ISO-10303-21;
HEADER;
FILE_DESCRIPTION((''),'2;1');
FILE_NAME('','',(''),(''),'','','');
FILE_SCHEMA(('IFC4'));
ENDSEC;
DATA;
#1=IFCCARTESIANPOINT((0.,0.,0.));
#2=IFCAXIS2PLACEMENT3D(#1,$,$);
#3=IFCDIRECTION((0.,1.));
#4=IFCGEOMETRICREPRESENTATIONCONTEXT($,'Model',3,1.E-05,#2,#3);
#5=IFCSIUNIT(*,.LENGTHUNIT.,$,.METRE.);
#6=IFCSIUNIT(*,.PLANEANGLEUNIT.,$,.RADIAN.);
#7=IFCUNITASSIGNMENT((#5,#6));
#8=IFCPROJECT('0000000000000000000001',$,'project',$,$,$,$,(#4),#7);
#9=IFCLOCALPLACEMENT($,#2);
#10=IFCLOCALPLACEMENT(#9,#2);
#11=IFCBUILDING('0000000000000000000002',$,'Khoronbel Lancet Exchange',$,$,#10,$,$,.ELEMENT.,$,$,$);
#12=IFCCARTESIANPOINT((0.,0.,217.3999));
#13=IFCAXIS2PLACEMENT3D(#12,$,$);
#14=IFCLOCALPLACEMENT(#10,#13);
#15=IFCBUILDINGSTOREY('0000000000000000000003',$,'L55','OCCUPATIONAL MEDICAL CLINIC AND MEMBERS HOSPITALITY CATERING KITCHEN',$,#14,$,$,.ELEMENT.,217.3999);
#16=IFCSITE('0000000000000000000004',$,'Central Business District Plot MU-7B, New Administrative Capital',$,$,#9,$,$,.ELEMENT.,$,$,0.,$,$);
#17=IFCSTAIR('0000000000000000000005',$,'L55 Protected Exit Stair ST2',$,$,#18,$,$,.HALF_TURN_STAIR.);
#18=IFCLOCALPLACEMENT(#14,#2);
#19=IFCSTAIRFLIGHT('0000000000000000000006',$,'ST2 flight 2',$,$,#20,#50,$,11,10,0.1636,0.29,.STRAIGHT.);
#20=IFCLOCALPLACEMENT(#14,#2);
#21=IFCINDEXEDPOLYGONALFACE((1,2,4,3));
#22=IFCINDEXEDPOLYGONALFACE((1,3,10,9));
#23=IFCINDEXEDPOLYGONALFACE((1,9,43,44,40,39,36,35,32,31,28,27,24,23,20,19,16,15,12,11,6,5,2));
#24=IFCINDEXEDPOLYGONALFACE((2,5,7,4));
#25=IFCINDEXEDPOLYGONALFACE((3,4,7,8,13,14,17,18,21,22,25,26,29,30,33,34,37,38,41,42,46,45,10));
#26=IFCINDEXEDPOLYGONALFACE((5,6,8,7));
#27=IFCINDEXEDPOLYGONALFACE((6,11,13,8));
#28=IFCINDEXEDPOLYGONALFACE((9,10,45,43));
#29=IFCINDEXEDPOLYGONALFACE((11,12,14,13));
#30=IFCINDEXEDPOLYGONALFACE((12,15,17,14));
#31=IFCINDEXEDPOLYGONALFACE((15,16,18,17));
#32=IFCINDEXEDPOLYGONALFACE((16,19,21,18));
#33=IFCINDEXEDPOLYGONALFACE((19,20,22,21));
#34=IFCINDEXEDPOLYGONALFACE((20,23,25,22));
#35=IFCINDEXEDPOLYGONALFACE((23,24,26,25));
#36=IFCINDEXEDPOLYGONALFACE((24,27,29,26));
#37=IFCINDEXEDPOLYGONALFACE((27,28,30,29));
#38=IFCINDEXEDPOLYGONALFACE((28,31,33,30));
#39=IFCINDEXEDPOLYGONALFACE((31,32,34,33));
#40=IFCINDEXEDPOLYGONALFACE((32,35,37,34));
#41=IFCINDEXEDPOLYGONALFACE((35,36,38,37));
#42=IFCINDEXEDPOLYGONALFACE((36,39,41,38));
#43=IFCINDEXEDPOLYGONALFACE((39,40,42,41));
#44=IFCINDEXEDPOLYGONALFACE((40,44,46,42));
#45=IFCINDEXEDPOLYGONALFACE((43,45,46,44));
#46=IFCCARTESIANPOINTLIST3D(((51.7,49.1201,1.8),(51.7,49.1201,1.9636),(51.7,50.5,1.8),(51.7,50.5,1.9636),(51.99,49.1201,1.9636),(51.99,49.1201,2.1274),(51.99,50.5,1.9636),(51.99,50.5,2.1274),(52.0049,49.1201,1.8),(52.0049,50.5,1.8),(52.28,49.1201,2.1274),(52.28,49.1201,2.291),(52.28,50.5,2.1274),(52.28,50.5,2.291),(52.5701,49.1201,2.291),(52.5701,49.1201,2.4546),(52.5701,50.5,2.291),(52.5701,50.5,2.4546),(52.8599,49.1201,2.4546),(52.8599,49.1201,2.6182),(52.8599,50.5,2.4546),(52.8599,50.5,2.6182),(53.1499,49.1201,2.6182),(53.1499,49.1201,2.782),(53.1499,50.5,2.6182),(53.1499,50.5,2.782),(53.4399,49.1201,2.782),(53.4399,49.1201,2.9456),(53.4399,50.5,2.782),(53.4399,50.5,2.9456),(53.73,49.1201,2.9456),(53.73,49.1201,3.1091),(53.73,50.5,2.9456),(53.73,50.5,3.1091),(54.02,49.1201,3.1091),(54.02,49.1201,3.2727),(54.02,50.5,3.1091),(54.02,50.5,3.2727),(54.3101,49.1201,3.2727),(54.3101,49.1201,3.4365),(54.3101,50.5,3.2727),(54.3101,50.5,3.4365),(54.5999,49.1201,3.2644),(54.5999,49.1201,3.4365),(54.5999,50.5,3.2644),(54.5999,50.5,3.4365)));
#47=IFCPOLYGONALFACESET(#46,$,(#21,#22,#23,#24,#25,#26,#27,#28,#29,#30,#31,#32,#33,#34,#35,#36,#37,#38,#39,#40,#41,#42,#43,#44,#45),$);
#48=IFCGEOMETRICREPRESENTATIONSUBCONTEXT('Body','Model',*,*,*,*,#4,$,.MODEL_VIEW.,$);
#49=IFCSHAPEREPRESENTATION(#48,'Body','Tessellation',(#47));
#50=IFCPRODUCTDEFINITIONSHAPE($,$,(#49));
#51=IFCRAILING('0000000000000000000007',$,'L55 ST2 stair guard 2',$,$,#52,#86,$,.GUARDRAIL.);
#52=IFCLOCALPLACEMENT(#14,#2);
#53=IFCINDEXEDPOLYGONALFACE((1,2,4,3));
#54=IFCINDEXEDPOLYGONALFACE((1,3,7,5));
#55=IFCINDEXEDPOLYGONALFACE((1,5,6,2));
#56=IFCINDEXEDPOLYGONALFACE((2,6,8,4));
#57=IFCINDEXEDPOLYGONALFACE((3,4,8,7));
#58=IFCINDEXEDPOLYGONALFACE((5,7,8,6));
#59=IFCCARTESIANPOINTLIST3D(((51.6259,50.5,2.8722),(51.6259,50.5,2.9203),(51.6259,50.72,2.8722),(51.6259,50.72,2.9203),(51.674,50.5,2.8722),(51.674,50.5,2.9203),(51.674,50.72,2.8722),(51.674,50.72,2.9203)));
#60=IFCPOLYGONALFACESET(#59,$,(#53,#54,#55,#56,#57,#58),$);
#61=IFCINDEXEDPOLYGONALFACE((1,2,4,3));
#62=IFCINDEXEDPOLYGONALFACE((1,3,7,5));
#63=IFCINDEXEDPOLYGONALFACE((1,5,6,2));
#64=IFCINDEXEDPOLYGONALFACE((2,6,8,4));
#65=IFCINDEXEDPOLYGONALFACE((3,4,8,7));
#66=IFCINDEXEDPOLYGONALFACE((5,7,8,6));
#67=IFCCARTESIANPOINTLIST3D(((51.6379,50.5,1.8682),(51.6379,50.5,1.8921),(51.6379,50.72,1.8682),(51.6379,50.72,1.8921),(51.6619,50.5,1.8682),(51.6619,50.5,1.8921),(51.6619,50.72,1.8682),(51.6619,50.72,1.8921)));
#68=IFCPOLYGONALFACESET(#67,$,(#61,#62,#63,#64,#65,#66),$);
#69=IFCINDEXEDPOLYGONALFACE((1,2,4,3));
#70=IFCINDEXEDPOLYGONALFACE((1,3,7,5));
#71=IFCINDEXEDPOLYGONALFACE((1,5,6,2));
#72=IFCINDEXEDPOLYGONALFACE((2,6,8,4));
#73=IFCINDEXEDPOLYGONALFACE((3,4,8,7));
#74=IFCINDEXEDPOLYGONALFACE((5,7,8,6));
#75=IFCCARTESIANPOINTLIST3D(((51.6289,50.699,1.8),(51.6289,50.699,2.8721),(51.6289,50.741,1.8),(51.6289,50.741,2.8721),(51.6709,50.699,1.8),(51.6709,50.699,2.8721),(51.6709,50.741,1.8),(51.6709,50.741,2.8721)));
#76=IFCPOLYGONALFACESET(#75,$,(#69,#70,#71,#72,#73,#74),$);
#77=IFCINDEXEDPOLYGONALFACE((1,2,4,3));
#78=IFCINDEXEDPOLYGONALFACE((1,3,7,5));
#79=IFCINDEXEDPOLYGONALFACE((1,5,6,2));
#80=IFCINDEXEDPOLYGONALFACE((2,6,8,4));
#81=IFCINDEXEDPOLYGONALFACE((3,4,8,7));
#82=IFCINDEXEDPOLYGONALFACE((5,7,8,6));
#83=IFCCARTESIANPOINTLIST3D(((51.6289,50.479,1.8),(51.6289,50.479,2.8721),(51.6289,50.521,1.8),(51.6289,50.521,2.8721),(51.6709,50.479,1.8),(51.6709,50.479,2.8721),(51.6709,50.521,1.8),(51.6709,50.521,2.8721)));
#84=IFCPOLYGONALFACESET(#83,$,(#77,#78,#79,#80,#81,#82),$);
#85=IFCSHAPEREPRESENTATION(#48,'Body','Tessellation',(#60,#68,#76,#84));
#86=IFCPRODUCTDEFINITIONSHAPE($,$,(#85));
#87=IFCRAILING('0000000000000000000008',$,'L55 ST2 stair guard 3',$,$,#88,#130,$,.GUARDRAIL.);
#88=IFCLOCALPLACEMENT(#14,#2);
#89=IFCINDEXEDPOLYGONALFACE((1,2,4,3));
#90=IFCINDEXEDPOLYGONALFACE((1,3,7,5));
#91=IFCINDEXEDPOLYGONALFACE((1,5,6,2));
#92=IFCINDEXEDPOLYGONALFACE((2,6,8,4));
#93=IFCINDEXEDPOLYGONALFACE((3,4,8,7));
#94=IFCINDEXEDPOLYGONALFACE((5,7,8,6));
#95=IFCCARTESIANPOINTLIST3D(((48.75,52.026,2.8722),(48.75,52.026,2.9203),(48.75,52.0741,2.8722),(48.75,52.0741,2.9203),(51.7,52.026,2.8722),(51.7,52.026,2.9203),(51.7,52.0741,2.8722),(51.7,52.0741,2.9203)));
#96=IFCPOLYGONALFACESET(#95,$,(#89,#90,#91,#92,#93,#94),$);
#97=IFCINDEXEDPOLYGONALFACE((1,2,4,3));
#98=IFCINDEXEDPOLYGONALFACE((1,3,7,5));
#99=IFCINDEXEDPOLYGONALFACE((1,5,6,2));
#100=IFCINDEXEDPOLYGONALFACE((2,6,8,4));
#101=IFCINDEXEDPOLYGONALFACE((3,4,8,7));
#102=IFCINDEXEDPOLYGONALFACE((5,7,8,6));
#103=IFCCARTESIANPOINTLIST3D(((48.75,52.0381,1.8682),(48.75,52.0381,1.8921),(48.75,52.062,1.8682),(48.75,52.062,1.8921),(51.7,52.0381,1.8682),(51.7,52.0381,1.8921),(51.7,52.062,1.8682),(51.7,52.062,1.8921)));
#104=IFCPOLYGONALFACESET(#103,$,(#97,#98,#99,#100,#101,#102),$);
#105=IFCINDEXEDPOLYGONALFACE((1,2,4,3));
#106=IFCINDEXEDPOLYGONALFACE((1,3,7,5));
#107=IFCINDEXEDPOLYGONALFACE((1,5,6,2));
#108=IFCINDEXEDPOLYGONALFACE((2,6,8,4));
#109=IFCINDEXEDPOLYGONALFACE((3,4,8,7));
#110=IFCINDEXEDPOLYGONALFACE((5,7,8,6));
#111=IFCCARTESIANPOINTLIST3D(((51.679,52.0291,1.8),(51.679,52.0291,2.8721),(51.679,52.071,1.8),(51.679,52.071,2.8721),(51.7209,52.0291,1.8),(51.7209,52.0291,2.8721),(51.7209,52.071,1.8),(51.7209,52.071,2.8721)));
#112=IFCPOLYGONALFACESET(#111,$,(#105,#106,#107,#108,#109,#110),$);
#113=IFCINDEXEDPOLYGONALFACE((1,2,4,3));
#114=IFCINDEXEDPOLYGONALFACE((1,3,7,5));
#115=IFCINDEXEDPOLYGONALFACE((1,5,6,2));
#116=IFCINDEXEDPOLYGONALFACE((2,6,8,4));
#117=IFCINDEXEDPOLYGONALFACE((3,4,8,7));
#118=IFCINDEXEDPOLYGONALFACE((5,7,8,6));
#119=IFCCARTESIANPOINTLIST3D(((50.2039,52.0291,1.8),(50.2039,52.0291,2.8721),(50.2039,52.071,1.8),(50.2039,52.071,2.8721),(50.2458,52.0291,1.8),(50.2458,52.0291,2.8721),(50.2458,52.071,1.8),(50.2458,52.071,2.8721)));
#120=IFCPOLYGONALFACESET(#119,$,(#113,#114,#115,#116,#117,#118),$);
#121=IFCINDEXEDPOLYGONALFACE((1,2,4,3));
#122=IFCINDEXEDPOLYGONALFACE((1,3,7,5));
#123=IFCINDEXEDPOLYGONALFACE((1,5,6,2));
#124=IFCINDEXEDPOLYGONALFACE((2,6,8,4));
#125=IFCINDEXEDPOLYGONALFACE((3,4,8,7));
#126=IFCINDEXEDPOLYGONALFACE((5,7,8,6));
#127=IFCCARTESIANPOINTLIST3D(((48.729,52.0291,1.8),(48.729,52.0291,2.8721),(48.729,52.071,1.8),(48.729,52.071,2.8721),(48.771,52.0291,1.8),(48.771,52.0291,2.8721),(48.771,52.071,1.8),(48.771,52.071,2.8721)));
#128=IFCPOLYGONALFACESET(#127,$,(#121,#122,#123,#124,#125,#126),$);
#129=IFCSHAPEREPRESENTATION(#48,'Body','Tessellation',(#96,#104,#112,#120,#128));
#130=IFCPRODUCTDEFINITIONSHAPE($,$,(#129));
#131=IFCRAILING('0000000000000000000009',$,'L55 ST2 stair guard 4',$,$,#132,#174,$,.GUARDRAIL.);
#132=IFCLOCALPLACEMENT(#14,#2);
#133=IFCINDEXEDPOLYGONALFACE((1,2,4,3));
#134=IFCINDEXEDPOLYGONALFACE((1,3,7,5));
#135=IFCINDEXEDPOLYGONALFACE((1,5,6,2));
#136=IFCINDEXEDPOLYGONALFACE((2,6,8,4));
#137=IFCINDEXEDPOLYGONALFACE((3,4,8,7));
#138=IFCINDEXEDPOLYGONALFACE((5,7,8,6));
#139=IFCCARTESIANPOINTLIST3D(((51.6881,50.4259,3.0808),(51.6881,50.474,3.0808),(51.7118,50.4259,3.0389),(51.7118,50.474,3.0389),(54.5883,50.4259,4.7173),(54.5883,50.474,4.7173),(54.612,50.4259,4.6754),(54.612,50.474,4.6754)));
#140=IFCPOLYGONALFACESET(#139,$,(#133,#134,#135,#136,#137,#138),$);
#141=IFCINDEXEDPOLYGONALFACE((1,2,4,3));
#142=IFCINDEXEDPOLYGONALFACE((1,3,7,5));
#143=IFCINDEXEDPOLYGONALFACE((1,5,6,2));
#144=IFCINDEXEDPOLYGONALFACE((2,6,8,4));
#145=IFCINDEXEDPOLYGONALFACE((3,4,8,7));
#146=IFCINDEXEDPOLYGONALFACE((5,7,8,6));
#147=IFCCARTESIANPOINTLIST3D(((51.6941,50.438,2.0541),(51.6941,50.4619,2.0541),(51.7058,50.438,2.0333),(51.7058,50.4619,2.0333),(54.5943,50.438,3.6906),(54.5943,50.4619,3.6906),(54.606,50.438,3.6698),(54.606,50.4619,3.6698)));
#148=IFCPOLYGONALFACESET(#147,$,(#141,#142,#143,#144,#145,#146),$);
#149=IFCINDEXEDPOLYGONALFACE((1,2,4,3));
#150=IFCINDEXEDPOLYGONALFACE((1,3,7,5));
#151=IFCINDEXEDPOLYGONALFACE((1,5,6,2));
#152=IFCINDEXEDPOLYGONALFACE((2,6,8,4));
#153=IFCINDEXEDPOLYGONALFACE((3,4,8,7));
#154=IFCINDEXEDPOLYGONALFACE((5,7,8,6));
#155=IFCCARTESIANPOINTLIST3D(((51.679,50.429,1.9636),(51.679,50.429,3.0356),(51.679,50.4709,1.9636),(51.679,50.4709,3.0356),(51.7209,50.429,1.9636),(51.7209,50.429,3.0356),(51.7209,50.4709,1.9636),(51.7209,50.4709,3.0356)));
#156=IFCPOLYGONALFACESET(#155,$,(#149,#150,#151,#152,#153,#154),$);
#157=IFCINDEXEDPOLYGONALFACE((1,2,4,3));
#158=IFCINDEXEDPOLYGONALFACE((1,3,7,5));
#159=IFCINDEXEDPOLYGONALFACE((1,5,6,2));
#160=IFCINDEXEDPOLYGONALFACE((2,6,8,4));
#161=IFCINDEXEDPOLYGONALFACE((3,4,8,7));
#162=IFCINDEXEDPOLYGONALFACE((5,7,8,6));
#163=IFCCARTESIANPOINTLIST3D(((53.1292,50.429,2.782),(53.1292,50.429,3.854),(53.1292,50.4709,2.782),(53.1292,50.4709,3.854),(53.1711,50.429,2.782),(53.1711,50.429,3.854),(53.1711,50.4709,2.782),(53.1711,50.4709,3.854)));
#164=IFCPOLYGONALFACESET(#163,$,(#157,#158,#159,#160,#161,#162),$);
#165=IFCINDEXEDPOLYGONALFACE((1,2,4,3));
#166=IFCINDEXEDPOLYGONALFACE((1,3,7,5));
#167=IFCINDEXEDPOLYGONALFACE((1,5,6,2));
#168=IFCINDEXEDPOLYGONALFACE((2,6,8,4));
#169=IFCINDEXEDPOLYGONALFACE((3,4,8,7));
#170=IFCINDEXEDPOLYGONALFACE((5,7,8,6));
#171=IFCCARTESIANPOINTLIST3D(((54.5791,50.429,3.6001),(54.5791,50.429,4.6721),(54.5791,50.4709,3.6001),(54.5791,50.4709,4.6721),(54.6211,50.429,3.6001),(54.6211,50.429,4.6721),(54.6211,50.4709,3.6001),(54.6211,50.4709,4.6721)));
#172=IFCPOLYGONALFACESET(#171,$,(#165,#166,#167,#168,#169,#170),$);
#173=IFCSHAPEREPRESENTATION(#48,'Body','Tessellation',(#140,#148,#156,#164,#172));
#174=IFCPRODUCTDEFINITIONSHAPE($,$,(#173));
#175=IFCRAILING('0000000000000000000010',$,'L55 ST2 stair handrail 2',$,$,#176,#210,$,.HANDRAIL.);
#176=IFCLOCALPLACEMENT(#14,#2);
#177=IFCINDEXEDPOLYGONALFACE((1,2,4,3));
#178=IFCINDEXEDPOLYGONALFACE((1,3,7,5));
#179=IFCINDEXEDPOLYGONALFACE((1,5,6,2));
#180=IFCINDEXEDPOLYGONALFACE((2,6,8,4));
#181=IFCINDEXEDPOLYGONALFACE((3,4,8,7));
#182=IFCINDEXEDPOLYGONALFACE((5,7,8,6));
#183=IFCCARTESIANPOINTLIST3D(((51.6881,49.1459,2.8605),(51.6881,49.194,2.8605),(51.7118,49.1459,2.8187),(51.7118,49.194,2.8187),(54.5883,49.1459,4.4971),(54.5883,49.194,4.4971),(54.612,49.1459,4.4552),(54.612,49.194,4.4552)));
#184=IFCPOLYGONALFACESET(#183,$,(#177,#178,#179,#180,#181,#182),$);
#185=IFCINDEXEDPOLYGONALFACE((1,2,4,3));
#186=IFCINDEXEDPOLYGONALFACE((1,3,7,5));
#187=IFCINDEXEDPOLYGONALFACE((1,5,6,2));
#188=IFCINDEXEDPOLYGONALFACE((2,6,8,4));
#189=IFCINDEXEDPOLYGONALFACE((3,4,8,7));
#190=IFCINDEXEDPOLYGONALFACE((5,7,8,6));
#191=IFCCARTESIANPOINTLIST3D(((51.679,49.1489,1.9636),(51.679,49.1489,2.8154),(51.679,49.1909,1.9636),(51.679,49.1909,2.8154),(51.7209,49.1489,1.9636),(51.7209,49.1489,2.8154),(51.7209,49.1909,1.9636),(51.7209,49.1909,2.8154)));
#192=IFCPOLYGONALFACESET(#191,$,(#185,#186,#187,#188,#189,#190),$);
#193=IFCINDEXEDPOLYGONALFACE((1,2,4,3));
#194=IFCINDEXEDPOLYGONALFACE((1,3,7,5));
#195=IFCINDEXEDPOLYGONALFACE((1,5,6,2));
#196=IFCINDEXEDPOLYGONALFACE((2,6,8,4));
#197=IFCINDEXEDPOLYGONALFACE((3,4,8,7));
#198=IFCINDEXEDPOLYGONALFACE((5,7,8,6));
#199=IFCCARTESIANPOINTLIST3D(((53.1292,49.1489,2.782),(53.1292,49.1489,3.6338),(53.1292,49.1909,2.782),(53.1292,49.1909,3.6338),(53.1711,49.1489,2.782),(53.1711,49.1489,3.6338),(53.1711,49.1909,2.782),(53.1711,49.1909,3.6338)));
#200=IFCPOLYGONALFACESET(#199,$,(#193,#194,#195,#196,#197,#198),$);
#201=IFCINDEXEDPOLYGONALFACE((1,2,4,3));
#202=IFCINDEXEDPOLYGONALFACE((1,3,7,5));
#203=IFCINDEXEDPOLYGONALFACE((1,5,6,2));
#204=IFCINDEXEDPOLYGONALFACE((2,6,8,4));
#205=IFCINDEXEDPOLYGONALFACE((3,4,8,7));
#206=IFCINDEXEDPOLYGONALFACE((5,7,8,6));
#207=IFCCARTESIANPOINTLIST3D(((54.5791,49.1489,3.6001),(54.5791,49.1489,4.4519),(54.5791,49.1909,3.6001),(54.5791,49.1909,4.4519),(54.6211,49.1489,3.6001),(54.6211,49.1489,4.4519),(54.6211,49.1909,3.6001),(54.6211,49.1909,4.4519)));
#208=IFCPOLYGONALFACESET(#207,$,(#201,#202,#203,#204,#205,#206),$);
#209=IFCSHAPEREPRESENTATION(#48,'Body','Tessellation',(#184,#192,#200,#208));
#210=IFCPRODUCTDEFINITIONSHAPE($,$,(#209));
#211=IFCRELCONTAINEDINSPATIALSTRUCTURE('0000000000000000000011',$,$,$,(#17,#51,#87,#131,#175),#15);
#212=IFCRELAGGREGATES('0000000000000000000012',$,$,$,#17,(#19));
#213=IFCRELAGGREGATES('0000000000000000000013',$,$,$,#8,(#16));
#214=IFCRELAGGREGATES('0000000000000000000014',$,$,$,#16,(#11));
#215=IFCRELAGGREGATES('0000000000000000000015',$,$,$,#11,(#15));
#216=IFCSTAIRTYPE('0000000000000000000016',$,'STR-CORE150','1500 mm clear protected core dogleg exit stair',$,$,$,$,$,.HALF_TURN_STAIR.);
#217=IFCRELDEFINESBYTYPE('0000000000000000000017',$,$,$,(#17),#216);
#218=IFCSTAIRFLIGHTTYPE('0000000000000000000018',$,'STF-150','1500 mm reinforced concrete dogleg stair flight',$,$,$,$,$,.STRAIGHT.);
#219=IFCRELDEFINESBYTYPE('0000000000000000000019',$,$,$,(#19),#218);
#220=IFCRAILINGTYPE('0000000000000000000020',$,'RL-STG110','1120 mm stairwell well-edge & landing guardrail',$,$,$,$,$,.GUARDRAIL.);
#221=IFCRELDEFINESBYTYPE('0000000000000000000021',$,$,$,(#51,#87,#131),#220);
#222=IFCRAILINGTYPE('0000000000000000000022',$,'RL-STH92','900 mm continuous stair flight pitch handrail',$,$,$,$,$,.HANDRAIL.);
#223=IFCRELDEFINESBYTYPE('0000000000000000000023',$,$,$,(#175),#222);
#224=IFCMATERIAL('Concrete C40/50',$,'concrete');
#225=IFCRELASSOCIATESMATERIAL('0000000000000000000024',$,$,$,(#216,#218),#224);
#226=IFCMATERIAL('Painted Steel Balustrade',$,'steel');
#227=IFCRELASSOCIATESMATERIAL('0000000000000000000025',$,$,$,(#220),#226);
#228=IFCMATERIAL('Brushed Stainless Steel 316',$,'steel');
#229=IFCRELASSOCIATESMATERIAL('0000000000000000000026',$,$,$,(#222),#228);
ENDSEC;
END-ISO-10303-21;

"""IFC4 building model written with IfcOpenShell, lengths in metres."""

from ifc_helpers import new_model, si_unit, direction, frame, origin, origin_2d, place, context, subcontext, project, spatial, polyline, rectangle, outline, extrude, material, type_object, element, aggregate, save


model = new_model("IFC4")

# Units and contexts
model_context = context("Model", 3, precision=1e-05, world=origin(), true_north=direction((0.0, 1.0)))
body_context = subcontext(model_context, "Body", "Model", "MODEL_VIEW")
ifc_project = project(units=[si_unit("LENGTHUNIT", "METRE"), si_unit("PLANEANGLEUNIT", "RADIAN")], contexts=[model_context])

# Site, building, storey
site_placement = place(None, origin())
site = spatial("IfcSite", under=ifc_project, at=site_placement, Name="Central Business District Plot MU-7B, New Administrative Capital", CompositionType="ELEMENT", RefElevation=0.0)
building_placement = place(site_placement, origin())
building = spatial("IfcBuilding", under=site, at=building_placement, Name="Khoronbel Lancet Exchange", CompositionType="ELEMENT")
storey_placement = place(building_placement, frame((0.0, 0.0, 217.3999)))
storey = spatial("IfcBuildingStorey", under=building, at=storey_placement, Name="L55", Description="OCCUPATIONAL MEDICAL CLINIC AND MEMBERS HOSPITALITY CATERING KITCHEN", CompositionType="ELEMENT", Elevation=217.3999)

# Stair, stair flight
ifc_material_1 = material(Name="Concrete C40/50", Category="concrete")
stair_type = type_object("IfcStairType", Name="STR-CORE150", Description="1500 mm clear protected core dogleg exit stair", PredefinedType="HALF_TURN_STAIR", material=ifc_material_1)
stair_placement = place(storey_placement, origin())
stair = element("IfcStair", 1, at=stair_placement, inside=storey, type_object=stair_type, Name="L55 Protected Exit Stair ST2", PredefinedType="HALF_TURN_STAIR")
stair_flight_type = type_object("IfcStairFlightType", Name="STF-150", Description="1500 mm reinforced concrete dogleg stair flight", PredefinedType="STRAIGHT", material=ifc_material_1)
stair_flight_placement = place(storey_placement, frame((51.7, 49.8101, 1.8), z_axis=(0.0, 0.0, 1.0), x_axis=(1.0, 0.0, 0.0)))
stair_flight = element("IfcStairFlight", 2, at=stair_flight_placement, type_object=stair_flight_type, Name="ST2 flight 2", NumberOfRisers=11, NumberOfTreads=10, PredefinedType="STRAIGHT", RiserHeight=0.1636, TreadLength=0.29, context=body_context, shape_type="SweptSolid", body=[
    extrude(outline(polyline([(0.0, 0.0), (0.0, 0.1636), (0.29, 0.1636), (0.29, 0.3274), (0.5801, 0.3274), (0.5801, 0.491), (0.8701, 0.491), (0.8701, 0.6545), (1.1599, 0.6545), (1.1599, 0.8181), (1.45, 0.8181), (1.45, 0.9819), (1.74, 0.9819), (1.74, 1.1455), (2.03, 1.1455), (2.03, 1.3091), (2.3201, 1.3091), (2.3201, 1.4727), (2.6101, 1.4727), (2.6101, 1.6365), (2.8999, 1.6365), (2.8999, 1.8), (2.8999, 1.4644), (0.3049, 0.0), (0.0, 0.0)])), frame((0.0, 0.6899, 0.0), z_axis=(0.0, -1.0, 0.0), x_axis=(1.0, 0.0, 0.0)), (0.0, 0.0, 1.0), 1.3799),
])
aggregate(stair, [stair_flight])

# Railings
ifc_material_2 = material(Name="Painted Steel Balustrade", Category="steel")
railing_type_1 = type_object("IfcRailingType", Name="RL-STG110", Description="1120 mm stairwell well-edge & landing guardrail", PredefinedType="GUARDRAIL", material=ifc_material_2)
railing_1_placement = place(storey_placement, frame((51.6499, 50.72, 1.8)))
element("IfcRailing", 3, at=railing_1_placement, inside=storey, type_object=railing_type_1, Name="L55 ST2 stair guard 2", PredefinedType="GUARDRAIL", context=body_context, shape_type="SweptSolid", body=[
    extrude(rectangle(XDim=0.0481, YDim=0.0481, at=origin_2d()), frame((0.0, 0.0, 1.0962), z_axis=(0.0, -1.0, 0.0), x_axis=(1.0, 0.0, 0.0)), (0.0, 0.0, 1.0), 0.22),
    extrude(rectangle(XDim=0.0239, YDim=0.0239, at=origin_2d()), frame((0.0, 0.0, 0.0801), z_axis=(0.0, -1.0, 0.0), x_axis=(1.0, 0.0, 0.0)), (0.0, 0.0, 1.0), 0.22),
    extrude(rectangle(XDim=0.042, YDim=0.042, at=origin_2d()), origin(), (0.0, 0.0, 1.0), 1.072),
    extrude(rectangle(XDim=0.042, YDim=0.042, at=origin_2d()), frame((0.0, -0.22, 0.0)), (0.0, 0.0, 1.0), 1.072),
])
railing_2_placement = place(storey_placement, frame((51.7, 52.05, 1.8)))
element("IfcRailing", 4, at=railing_2_placement, inside=storey, type_object=railing_type_1, Name="L55 ST2 stair guard 3", PredefinedType="GUARDRAIL", context=body_context, shape_type="SweptSolid", body=[
    extrude(rectangle(XDim=0.0481, YDim=0.0481, at=origin_2d()), frame((0.0, 0.0, 1.0962), z_axis=(-1.0, 0.0, 0.0), x_axis=(0.0, -1.0, 0.0)), (0.0, 0.0, 1.0), 2.95),
    extrude(rectangle(XDim=0.0239, YDim=0.0239, at=origin_2d()), frame((0.0, 0.0, 0.0801), z_axis=(-1.0, 0.0, 0.0), x_axis=(0.0, -1.0, 0.0)), (0.0, 0.0, 1.0), 2.95),
    extrude(rectangle(XDim=0.042, YDim=0.042, at=origin_2d()), origin(), (0.0, 0.0, 1.0), 1.072),
    extrude(rectangle(XDim=0.042, YDim=0.042, at=origin_2d()), frame((-1.4751, 0.0, 0.0)), (0.0, 0.0, 1.0), 1.072),
    extrude(rectangle(XDim=0.042, YDim=0.042, at=origin_2d()), frame((-2.95, 0.0, 0.0)), (0.0, 0.0, 1.0), 1.072),
])
railing_3_placement = place(storey_placement, frame((51.7, 50.45, 1.9636)))
element("IfcRailing", 5, at=railing_3_placement, inside=storey, type_object=railing_type_1, Name="L55 ST2 stair guard 4", PredefinedType="GUARDRAIL", context=body_context, shape_type="SweptSolid", body=[
    extrude(rectangle(XDim=0.0481, YDim=0.0481, at=origin_2d()), frame((0.0, 0.0, 1.0962), z_axis=(0.870915, 0.0, 0.491434), x_axis=(0.0, 1.0, 0.0)), (0.0, 0.0, 1.0), 3.3301),
    extrude(rectangle(XDim=0.0239, YDim=0.0239, at=origin_2d()), frame((0.0, 0.0, 0.0801), z_axis=(0.870915, 0.0, 0.491434), x_axis=(0.0, 1.0, 0.0)), (0.0, 0.0, 1.0), 3.3301),
    extrude(rectangle(XDim=0.042, YDim=0.042, at=origin_2d()), origin(), (0.0, 0.0, 1.0), 1.072),
    extrude(rectangle(XDim=0.042, YDim=0.042, at=origin_2d()), frame((1.4502, 0.0, 0.8184)), (0.0, 0.0, 1.0), 1.072),
    extrude(rectangle(XDim=0.042, YDim=0.042, at=origin_2d()), frame((2.9001, 0.0, 1.6365)), (0.0, 0.0, 1.0), 1.072),
])
ifc_material_3 = material(Name="Brushed Stainless Steel 316", Category="steel")
railing_type_2 = type_object("IfcRailingType", Name="RL-STH92", Description="900 mm continuous stair flight pitch handrail", PredefinedType="HANDRAIL", material=ifc_material_3)
railing_4_placement = place(storey_placement, frame((51.7, 49.1699, 1.9636)))
element("IfcRailing", 6, at=railing_4_placement, inside=storey, type_object=railing_type_2, Name="L55 ST2 stair handrail 2", PredefinedType="HANDRAIL", context=body_context, shape_type="SweptSolid", body=[
    extrude(rectangle(XDim=0.0481, YDim=0.0481, at=origin_2d()), frame((0.0, 0.0, 0.876), z_axis=(0.870915, 0.0, 0.491434), x_axis=(0.0, 1.0, 0.0)), (0.0, 0.0, 1.0), 3.3301),
    extrude(rectangle(XDim=0.042, YDim=0.042, at=origin_2d()), origin(), (0.0, 0.0, 1.0), 0.8518),
    extrude(rectangle(XDim=0.042, YDim=0.042, at=origin_2d()), frame((1.4502, 0.0, 0.8184)), (0.0, 0.0, 1.0), 0.8518),
    extrude(rectangle(XDim=0.042, YDim=0.042, at=origin_2d()), frame((2.9001, 0.0, 1.6365)), (0.0, 0.0, 1.0), 0.8518),
])

save(model, "model.ifc")
